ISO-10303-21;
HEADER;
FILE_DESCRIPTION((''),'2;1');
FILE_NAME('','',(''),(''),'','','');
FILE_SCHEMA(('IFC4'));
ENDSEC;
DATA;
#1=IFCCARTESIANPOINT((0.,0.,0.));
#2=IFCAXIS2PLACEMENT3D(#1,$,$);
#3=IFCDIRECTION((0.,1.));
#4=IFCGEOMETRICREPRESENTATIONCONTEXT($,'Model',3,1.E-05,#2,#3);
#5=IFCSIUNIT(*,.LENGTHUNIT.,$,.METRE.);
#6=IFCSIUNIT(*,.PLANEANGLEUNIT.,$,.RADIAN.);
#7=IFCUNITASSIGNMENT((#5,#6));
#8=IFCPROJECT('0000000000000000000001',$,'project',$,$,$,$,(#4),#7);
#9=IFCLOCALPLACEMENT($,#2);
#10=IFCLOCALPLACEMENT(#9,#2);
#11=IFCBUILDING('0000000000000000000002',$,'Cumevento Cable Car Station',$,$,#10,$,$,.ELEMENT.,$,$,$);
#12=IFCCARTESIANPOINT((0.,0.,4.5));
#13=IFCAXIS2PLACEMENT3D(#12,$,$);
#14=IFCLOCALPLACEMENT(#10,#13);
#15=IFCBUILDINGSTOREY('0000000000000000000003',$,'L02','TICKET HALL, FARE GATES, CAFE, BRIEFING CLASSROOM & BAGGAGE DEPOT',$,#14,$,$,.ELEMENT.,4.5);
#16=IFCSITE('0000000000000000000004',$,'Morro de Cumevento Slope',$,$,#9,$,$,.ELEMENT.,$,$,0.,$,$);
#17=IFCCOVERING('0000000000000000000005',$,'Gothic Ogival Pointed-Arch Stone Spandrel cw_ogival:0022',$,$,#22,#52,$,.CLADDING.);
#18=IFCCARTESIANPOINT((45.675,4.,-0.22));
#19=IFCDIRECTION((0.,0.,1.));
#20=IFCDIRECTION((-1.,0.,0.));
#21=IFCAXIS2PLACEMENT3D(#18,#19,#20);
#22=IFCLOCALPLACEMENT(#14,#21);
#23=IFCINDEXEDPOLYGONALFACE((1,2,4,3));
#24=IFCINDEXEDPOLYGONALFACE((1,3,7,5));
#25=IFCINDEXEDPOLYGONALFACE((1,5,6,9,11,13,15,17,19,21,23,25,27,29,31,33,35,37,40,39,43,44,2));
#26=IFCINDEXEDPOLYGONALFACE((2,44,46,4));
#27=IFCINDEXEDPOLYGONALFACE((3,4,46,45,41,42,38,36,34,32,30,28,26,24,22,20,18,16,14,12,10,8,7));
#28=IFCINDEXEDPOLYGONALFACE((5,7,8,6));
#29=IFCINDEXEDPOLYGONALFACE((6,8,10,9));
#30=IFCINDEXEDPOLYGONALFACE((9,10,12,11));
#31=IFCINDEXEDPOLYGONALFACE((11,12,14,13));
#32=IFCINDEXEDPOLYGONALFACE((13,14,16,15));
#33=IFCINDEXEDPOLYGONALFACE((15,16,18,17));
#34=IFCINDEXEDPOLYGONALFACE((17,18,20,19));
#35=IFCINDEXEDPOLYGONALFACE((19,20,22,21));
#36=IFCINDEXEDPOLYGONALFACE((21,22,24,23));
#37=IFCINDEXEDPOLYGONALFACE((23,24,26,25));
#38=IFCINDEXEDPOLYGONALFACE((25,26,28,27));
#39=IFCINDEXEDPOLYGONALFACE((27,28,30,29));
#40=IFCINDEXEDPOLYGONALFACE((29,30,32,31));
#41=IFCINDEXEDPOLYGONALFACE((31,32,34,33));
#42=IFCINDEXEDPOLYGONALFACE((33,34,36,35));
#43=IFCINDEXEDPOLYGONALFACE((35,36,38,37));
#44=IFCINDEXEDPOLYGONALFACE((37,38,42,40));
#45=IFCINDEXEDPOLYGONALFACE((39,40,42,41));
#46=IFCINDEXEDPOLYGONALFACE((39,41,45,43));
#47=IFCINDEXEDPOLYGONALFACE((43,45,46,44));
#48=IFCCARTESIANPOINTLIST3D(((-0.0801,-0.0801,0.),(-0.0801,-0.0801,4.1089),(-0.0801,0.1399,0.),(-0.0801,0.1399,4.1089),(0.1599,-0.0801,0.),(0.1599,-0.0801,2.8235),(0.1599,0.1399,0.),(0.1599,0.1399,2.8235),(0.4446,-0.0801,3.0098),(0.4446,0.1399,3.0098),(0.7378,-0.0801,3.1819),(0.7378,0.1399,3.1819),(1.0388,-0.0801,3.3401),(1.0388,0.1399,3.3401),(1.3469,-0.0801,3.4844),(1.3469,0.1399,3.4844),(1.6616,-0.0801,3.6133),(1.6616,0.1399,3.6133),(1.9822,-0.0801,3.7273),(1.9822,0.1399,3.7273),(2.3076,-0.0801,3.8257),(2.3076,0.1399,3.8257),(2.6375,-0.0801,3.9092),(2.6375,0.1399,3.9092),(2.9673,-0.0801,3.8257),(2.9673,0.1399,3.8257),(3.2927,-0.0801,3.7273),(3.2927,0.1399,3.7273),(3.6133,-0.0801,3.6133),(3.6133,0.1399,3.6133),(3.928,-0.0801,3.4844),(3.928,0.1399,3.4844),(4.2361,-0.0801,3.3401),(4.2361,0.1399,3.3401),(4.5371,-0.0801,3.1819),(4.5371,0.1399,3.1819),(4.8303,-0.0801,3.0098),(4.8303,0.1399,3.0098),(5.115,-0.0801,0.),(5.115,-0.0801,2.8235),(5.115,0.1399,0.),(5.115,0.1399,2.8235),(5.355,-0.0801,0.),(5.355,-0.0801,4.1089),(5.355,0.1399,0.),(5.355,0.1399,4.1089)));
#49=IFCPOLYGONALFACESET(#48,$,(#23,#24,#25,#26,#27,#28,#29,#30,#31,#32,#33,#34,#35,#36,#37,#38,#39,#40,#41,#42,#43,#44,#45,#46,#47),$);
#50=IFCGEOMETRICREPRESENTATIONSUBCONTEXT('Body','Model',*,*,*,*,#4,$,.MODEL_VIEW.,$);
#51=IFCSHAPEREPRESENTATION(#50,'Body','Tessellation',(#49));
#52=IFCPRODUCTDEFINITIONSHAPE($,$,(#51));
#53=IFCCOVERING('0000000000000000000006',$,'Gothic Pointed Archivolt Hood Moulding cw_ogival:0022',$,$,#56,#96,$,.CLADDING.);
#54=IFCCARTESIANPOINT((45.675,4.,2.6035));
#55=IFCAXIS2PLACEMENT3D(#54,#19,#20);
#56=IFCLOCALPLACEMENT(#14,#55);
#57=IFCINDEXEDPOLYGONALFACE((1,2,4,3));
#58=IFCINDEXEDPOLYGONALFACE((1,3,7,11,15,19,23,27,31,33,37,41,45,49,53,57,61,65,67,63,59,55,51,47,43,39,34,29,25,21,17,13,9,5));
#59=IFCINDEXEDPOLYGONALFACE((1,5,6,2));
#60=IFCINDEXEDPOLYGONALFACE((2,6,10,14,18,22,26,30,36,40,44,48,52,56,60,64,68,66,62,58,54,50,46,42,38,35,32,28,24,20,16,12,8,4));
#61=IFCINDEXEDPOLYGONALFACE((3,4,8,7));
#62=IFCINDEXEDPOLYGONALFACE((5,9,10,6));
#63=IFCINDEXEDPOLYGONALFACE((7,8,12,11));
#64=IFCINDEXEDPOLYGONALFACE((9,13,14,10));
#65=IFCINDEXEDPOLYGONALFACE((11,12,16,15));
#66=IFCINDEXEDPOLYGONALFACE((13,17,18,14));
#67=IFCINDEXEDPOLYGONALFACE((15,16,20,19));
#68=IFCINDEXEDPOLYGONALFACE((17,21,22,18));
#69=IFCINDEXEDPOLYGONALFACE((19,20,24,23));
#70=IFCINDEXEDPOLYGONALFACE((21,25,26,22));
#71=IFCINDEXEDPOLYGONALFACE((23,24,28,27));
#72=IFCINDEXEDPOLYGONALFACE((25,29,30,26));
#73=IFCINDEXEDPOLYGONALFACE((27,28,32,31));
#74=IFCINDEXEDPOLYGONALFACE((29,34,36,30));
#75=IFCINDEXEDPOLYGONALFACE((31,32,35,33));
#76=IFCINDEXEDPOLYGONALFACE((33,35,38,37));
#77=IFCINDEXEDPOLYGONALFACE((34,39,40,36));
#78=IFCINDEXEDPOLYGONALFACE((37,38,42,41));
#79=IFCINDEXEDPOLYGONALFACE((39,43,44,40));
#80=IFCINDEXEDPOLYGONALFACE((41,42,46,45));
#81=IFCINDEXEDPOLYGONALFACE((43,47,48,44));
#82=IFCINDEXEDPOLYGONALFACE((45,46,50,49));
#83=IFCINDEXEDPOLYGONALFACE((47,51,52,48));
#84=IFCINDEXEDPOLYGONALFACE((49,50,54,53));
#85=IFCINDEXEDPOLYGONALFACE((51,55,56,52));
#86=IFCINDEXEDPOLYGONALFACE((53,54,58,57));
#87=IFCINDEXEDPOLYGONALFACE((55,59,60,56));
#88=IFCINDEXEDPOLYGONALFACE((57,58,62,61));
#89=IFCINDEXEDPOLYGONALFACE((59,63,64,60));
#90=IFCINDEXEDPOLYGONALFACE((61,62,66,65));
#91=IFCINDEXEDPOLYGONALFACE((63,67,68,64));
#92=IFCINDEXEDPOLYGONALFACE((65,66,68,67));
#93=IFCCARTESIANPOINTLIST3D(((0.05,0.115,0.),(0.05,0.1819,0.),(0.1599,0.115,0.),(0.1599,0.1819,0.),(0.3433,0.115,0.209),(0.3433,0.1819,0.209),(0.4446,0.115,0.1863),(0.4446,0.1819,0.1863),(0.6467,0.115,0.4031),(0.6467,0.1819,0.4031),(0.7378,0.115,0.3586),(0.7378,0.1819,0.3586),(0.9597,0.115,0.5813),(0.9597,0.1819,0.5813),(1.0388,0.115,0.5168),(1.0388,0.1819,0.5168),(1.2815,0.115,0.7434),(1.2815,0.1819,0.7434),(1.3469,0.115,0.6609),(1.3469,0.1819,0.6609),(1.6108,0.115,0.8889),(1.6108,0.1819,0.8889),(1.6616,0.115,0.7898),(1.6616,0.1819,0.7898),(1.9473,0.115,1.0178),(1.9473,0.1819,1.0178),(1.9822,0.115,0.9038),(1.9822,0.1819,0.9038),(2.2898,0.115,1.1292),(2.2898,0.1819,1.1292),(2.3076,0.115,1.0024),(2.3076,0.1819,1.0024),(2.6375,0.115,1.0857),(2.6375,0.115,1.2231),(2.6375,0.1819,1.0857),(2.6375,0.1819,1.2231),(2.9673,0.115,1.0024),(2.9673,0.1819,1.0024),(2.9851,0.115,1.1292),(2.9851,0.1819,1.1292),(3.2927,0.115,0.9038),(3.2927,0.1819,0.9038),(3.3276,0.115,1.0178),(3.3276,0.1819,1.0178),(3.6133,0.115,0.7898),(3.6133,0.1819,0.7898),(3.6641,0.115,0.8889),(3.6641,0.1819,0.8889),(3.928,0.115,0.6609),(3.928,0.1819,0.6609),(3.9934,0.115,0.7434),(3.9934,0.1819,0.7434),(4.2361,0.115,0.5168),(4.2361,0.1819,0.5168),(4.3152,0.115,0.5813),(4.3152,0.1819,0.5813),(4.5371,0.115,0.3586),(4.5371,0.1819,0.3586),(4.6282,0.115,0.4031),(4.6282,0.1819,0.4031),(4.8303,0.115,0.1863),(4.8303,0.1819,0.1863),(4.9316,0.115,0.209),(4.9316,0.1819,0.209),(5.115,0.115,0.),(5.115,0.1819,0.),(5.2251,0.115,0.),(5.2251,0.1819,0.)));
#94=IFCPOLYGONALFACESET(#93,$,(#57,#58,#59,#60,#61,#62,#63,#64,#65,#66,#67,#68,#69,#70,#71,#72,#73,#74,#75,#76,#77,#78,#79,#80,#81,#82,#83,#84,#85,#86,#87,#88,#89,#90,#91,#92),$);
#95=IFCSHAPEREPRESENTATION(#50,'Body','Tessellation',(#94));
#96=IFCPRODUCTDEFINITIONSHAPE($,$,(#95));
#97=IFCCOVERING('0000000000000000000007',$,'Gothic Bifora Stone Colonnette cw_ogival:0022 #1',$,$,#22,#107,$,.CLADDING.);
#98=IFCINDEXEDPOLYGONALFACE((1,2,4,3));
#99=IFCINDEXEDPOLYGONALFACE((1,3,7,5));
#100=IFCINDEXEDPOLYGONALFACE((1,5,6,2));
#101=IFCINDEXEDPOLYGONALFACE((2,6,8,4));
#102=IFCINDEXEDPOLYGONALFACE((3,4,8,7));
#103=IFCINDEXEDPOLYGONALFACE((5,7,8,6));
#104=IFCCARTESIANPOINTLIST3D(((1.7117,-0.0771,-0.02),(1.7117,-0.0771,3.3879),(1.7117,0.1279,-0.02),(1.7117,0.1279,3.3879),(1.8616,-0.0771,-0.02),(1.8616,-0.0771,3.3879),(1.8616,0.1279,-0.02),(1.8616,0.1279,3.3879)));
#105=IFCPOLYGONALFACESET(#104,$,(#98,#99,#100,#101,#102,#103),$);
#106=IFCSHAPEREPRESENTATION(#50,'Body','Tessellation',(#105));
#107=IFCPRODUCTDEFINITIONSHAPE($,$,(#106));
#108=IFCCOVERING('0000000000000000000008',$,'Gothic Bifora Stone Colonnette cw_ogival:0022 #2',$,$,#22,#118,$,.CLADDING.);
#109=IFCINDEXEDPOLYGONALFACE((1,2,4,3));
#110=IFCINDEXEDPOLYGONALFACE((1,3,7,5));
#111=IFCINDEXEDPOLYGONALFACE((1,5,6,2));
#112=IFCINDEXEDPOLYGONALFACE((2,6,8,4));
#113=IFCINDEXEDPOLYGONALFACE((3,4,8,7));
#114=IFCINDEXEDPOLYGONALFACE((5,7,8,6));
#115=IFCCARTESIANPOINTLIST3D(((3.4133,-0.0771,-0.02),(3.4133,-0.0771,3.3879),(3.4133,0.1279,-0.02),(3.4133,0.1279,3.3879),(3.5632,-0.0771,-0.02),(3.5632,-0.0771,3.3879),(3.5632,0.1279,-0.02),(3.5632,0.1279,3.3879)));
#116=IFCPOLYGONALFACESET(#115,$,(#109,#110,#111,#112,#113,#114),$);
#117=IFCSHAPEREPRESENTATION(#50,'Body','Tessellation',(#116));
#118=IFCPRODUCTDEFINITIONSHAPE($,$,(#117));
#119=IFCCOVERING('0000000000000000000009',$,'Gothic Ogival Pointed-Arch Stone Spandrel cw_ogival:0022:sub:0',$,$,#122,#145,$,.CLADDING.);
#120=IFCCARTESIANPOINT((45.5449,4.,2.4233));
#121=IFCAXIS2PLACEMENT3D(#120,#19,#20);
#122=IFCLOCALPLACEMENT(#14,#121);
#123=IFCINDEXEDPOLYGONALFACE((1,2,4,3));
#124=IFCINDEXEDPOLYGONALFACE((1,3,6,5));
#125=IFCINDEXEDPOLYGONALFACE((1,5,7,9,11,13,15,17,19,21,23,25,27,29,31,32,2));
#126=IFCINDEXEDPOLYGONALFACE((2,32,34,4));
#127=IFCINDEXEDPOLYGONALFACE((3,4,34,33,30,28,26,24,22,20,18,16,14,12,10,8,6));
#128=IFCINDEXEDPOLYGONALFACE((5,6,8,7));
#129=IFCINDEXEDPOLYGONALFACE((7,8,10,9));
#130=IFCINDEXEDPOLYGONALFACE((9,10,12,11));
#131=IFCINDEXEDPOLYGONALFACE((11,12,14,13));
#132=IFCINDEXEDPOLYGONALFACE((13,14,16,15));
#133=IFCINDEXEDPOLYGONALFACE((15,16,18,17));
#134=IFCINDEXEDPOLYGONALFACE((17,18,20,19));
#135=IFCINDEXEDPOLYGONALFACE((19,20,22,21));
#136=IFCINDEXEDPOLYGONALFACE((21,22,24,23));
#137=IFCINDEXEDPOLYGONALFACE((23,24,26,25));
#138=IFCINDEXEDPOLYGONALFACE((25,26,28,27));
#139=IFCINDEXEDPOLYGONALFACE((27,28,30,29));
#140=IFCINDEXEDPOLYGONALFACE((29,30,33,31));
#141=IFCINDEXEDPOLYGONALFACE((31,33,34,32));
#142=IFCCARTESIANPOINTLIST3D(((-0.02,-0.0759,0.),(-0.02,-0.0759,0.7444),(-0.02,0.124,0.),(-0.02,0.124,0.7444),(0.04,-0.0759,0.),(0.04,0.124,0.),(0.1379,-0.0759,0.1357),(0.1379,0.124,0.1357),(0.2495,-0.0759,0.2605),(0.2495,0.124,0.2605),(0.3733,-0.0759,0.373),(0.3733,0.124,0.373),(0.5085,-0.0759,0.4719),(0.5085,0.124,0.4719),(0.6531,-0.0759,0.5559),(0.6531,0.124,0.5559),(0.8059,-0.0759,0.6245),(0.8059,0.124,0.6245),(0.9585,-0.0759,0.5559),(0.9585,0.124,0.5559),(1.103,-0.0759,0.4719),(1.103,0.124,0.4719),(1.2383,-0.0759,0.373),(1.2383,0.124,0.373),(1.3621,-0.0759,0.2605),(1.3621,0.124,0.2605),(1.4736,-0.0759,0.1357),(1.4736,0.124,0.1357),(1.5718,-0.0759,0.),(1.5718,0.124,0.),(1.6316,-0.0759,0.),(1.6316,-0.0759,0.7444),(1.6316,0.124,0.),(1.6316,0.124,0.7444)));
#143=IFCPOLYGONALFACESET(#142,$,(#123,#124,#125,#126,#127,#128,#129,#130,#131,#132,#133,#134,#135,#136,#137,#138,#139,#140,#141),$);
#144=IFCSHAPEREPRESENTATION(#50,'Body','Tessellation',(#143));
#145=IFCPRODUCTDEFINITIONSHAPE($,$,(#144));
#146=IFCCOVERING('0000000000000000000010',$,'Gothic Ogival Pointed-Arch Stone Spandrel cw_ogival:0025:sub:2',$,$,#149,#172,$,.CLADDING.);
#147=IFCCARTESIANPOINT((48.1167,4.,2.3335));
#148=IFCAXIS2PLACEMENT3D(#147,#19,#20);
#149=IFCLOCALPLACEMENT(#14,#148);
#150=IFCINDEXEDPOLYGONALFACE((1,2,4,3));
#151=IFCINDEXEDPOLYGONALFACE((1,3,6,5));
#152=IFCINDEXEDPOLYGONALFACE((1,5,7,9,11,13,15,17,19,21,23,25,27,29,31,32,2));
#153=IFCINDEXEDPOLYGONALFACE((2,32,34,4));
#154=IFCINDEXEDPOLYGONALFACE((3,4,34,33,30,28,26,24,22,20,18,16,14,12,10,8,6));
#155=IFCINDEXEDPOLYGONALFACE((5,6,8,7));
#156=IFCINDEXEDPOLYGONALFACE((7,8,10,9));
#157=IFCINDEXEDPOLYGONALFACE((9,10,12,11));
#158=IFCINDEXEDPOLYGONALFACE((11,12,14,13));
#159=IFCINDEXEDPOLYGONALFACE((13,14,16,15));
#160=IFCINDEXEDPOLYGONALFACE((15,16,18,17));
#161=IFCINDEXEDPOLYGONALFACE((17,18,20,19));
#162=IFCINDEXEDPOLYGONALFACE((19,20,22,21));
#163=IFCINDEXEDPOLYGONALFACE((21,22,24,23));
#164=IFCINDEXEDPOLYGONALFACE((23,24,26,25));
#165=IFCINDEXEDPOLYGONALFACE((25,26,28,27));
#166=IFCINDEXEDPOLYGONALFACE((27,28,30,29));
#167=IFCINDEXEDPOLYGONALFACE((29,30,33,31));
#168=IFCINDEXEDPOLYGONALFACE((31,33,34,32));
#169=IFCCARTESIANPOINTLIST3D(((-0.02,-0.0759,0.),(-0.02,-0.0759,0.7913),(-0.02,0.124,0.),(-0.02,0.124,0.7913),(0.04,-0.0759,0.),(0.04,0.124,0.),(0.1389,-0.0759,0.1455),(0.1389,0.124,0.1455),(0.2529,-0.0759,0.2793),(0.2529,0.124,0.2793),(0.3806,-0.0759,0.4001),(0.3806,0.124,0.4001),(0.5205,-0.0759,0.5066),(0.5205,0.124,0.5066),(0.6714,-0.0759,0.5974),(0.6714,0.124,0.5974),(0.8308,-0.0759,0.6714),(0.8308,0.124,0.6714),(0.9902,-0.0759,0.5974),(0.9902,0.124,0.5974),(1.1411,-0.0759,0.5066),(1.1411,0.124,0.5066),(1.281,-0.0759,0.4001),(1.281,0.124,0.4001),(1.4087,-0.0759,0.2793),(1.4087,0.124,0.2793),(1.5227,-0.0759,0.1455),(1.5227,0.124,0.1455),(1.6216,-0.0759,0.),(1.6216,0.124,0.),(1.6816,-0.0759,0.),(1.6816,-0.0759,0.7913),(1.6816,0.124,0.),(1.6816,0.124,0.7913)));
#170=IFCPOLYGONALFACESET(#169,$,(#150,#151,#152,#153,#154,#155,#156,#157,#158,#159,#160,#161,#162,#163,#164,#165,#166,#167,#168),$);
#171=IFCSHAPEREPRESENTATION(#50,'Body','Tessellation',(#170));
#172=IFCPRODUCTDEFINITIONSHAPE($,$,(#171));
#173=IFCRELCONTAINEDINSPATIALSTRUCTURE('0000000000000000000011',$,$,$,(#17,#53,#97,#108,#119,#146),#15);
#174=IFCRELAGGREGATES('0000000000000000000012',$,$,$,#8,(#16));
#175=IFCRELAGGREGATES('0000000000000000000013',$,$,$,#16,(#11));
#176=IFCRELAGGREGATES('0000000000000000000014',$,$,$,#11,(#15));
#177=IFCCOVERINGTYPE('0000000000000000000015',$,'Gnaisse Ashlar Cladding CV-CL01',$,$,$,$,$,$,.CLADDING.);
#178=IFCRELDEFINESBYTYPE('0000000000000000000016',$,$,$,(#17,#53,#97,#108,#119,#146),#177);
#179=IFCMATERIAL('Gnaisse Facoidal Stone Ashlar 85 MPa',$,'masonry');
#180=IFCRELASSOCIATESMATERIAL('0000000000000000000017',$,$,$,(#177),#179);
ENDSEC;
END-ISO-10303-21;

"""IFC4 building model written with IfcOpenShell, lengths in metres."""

from ifc_helpers import new_model, si_unit, direction, frame, origin, place, context, subcontext, project, spatial, polyline, outline, extrude, material, type_object, element, save


model = new_model("IFC4")

# Units and contexts
model_context = context("Model", 3, precision=1e-05, world=origin(), true_north=direction((0.0, 1.0)))
body_context = subcontext(model_context, "Body", "Model", "MODEL_VIEW")
ifc_project = project(units=[si_unit("LENGTHUNIT", "METRE"), si_unit("PLANEANGLEUNIT", "RADIAN")], contexts=[model_context])

# Site, building, storey
site_placement = place(None, origin())
site = spatial("IfcSite", under=ifc_project, at=site_placement, Name="Morro de Cumevento Slope", CompositionType="ELEMENT", RefElevation=0.0)
building_placement = place(site_placement, origin())
building = spatial("IfcBuilding", under=site, at=building_placement, Name="Cumevento Cable Car Station", CompositionType="ELEMENT")
storey_placement = place(building_placement, frame((0.0, 0.0, 4.5)))
storey = spatial("IfcBuildingStorey", under=building, at=storey_placement, Name="L02", Description="TICKET HALL, FARE GATES, CAFE, BRIEFING CLASSROOM & BAGGAGE DEPOT", CompositionType="ELEMENT", Elevation=4.5)

# Coverings
ifc_material_1 = material(Name="Gnaisse Facoidal Stone Ashlar 85 MPa", Category="masonry")
covering_type = type_object("IfcCoveringType", Name="Gnaisse Ashlar Cladding CV-CL01", PredefinedType="CLADDING", material=ifc_material_1)
placement = place(storey_placement, frame((45.675, 4.0, -0.22), z_axis=(0.0, 0.0, 1.0), x_axis=(-1.0, 0.0, 0.0)))
element("IfcCovering", 1, at=placement, inside=storey, type_object=covering_type, Name="Gothic Ogival Pointed-Arch Stone Spandrel cw_ogival:0022", PredefinedType="CLADDING", context=body_context, shape_type="SweptSolid", body=[
    extrude(outline(polyline([(-0.0801, 0.0), (-0.0801, 4.1089), (5.355, 4.1089), (5.355, 0.0), (5.115, 0.0), (5.115, 2.8235), (4.8303, 3.0098), (4.5371, 3.1819), (4.2361, 3.3401), (3.928, 3.4844), (3.6133, 3.6133), (3.2927, 3.7273), (2.9673, 3.8257), (2.6375, 3.9092), (2.3076, 3.8257), (1.9822, 3.7273), (1.6616, 3.6133), (1.3469, 3.4844), (1.0388, 3.3401), (0.7378, 3.1819), (0.4446, 3.0098), (0.1599, 2.8235), (0.1599, 0.0), (-0.0801, 0.0)])), frame((0.0, 0.1399, 0.0), z_axis=(0.0, -1.0, 0.0), x_axis=(1.0, 0.0, 0.0)), (0.0, 0.0, 1.0), 0.22),
])
covering_1_placement = place(storey_placement, frame((45.675, 4.0, 2.6035), z_axis=(0.0, 0.0, 1.0), x_axis=(-1.0, 0.0, 0.0)))
element("IfcCovering", 2, at=covering_1_placement, inside=storey, type_object=covering_type, Name="Gothic Pointed Archivolt Hood Moulding cw_ogival:0022", PredefinedType="CLADDING", context=body_context, shape_type="SweptSolid", body=[
    extrude(outline(polyline([(0.1599, 0.0), (0.4446, 0.1863), (0.7378, 0.3586), (1.0388, 0.5168), (1.3469, 0.6609), (1.6616, 0.7898), (1.9822, 0.9038), (2.3076, 1.0024), (2.6375, 1.0857), (2.9673, 1.0024), (3.2927, 0.9038), (3.6133, 0.7898), (3.928, 0.6609), (4.2361, 0.5168), (4.5371, 0.3586), (4.8303, 0.1863), (5.115, 0.0), (5.2251, 0.0), (4.9316, 0.209), (4.6282, 0.4031), (4.3152, 0.5813), (3.9934, 0.7434), (3.6641, 0.8889), (3.3276, 1.0178), (2.9851, 1.1292), (2.6375, 1.2231), (2.2898, 1.1292), (1.9473, 1.0178), (1.6108, 0.8889), (1.2815, 0.7434), (0.9597, 0.5813), (0.6467, 0.4031), (0.3433, 0.209), (0.05, 0.0), (0.1599, 0.0)])), frame((0.0, 0.1819, 0.0), z_axis=(0.0, -1.0, 0.0), x_axis=(1.0, 0.0, 0.0)), (0.0, 0.0, 1.0), 0.0669),
])
element("IfcCovering", 3, at=placement, inside=storey, type_object=covering_type, Name="Gothic Bifora Stone Colonnette cw_ogival:0022 #1", PredefinedType="CLADDING", context=body_context, shape_type="SweptSolid", body=[
    extrude(outline(polyline([(1.7117, -0.02), (1.8616, -0.02), (1.8616, 3.3879), (1.7117, 3.3879), (1.7117, -0.02)])), frame((0.0, 0.1279, 0.0), z_axis=(0.0, -1.0, 0.0), x_axis=(1.0, 0.0, 0.0)), (0.0, 0.0, 1.0), 0.2051),
])
element("IfcCovering", 4, at=placement, inside=storey, type_object=covering_type, Name="Gothic Bifora Stone Colonnette cw_ogival:0022 #2", PredefinedType="CLADDING", context=body_context, shape_type="SweptSolid", body=[
    extrude(outline(polyline([(3.4133, -0.02), (3.5632, -0.02), (3.5632, 3.3879), (3.4133, 3.3879), (3.4133, -0.02)])), frame((0.0, 0.1279, 0.0), z_axis=(0.0, -1.0, 0.0), x_axis=(1.0, 0.0, 0.0)), (0.0, 0.0, 1.0), 0.2051),
])
covering_2_placement = place(storey_placement, frame((45.5449, 4.0, 2.4233), z_axis=(0.0, 0.0, 1.0), x_axis=(-1.0, 0.0, 0.0)))
element("IfcCovering", 5, at=covering_2_placement, inside=storey, type_object=covering_type, Name="Gothic Ogival Pointed-Arch Stone Spandrel cw_ogival:0022:sub:0", PredefinedType="CLADDING", context=body_context, shape_type="SweptSolid", body=[
    extrude(outline(polyline([(-0.02, 0.0), (-0.02, 0.7444), (1.6316, 0.7444), (1.6316, 0.0), (1.5718, 0.0), (1.4736, 0.1357), (1.3621, 0.2605), (1.2383, 0.373), (1.103, 0.4719), (0.9585, 0.5559), (0.8059, 0.6245), (0.6531, 0.5559), (0.5085, 0.4719), (0.3733, 0.373), (0.2495, 0.2605), (0.1379, 0.1357), (0.04, 0.0), (-0.02, 0.0)])), frame((0.0, 0.124, 0.0), z_axis=(0.0, -1.0, 0.0), x_axis=(1.0, 0.0, 0.0)), (0.0, 0.0, 1.0), 0.2),
])
covering_3_placement = place(storey_placement, frame((48.1167, 4.0, 2.3335), z_axis=(0.0, 0.0, 1.0), x_axis=(-1.0, 0.0, 0.0)))
element("IfcCovering", 6, at=covering_3_placement, inside=storey, type_object=covering_type, Name="Gothic Ogival Pointed-Arch Stone Spandrel cw_ogival:0025:sub:2", PredefinedType="CLADDING", context=body_context, shape_type="SweptSolid", body=[
    extrude(outline(polyline([(-0.02, 0.0), (-0.02, 0.7913), (1.6816, 0.7913), (1.6816, 0.0), (1.6216, 0.0), (1.5227, 0.1455), (1.4087, 0.2793), (1.281, 0.4001), (1.1411, 0.5066), (0.9902, 0.5974), (0.8308, 0.6714), (0.6714, 0.5974), (0.5205, 0.5066), (0.3806, 0.4001), (0.2529, 0.2793), (0.1389, 0.1455), (0.04, 0.0), (-0.02, 0.0)])), frame((0.0, 0.124, 0.0), z_axis=(0.0, -1.0, 0.0), x_axis=(1.0, 0.0, 0.0)), (0.0, 0.0, 1.0), 0.2),
])

save(model, "model.ifc")
